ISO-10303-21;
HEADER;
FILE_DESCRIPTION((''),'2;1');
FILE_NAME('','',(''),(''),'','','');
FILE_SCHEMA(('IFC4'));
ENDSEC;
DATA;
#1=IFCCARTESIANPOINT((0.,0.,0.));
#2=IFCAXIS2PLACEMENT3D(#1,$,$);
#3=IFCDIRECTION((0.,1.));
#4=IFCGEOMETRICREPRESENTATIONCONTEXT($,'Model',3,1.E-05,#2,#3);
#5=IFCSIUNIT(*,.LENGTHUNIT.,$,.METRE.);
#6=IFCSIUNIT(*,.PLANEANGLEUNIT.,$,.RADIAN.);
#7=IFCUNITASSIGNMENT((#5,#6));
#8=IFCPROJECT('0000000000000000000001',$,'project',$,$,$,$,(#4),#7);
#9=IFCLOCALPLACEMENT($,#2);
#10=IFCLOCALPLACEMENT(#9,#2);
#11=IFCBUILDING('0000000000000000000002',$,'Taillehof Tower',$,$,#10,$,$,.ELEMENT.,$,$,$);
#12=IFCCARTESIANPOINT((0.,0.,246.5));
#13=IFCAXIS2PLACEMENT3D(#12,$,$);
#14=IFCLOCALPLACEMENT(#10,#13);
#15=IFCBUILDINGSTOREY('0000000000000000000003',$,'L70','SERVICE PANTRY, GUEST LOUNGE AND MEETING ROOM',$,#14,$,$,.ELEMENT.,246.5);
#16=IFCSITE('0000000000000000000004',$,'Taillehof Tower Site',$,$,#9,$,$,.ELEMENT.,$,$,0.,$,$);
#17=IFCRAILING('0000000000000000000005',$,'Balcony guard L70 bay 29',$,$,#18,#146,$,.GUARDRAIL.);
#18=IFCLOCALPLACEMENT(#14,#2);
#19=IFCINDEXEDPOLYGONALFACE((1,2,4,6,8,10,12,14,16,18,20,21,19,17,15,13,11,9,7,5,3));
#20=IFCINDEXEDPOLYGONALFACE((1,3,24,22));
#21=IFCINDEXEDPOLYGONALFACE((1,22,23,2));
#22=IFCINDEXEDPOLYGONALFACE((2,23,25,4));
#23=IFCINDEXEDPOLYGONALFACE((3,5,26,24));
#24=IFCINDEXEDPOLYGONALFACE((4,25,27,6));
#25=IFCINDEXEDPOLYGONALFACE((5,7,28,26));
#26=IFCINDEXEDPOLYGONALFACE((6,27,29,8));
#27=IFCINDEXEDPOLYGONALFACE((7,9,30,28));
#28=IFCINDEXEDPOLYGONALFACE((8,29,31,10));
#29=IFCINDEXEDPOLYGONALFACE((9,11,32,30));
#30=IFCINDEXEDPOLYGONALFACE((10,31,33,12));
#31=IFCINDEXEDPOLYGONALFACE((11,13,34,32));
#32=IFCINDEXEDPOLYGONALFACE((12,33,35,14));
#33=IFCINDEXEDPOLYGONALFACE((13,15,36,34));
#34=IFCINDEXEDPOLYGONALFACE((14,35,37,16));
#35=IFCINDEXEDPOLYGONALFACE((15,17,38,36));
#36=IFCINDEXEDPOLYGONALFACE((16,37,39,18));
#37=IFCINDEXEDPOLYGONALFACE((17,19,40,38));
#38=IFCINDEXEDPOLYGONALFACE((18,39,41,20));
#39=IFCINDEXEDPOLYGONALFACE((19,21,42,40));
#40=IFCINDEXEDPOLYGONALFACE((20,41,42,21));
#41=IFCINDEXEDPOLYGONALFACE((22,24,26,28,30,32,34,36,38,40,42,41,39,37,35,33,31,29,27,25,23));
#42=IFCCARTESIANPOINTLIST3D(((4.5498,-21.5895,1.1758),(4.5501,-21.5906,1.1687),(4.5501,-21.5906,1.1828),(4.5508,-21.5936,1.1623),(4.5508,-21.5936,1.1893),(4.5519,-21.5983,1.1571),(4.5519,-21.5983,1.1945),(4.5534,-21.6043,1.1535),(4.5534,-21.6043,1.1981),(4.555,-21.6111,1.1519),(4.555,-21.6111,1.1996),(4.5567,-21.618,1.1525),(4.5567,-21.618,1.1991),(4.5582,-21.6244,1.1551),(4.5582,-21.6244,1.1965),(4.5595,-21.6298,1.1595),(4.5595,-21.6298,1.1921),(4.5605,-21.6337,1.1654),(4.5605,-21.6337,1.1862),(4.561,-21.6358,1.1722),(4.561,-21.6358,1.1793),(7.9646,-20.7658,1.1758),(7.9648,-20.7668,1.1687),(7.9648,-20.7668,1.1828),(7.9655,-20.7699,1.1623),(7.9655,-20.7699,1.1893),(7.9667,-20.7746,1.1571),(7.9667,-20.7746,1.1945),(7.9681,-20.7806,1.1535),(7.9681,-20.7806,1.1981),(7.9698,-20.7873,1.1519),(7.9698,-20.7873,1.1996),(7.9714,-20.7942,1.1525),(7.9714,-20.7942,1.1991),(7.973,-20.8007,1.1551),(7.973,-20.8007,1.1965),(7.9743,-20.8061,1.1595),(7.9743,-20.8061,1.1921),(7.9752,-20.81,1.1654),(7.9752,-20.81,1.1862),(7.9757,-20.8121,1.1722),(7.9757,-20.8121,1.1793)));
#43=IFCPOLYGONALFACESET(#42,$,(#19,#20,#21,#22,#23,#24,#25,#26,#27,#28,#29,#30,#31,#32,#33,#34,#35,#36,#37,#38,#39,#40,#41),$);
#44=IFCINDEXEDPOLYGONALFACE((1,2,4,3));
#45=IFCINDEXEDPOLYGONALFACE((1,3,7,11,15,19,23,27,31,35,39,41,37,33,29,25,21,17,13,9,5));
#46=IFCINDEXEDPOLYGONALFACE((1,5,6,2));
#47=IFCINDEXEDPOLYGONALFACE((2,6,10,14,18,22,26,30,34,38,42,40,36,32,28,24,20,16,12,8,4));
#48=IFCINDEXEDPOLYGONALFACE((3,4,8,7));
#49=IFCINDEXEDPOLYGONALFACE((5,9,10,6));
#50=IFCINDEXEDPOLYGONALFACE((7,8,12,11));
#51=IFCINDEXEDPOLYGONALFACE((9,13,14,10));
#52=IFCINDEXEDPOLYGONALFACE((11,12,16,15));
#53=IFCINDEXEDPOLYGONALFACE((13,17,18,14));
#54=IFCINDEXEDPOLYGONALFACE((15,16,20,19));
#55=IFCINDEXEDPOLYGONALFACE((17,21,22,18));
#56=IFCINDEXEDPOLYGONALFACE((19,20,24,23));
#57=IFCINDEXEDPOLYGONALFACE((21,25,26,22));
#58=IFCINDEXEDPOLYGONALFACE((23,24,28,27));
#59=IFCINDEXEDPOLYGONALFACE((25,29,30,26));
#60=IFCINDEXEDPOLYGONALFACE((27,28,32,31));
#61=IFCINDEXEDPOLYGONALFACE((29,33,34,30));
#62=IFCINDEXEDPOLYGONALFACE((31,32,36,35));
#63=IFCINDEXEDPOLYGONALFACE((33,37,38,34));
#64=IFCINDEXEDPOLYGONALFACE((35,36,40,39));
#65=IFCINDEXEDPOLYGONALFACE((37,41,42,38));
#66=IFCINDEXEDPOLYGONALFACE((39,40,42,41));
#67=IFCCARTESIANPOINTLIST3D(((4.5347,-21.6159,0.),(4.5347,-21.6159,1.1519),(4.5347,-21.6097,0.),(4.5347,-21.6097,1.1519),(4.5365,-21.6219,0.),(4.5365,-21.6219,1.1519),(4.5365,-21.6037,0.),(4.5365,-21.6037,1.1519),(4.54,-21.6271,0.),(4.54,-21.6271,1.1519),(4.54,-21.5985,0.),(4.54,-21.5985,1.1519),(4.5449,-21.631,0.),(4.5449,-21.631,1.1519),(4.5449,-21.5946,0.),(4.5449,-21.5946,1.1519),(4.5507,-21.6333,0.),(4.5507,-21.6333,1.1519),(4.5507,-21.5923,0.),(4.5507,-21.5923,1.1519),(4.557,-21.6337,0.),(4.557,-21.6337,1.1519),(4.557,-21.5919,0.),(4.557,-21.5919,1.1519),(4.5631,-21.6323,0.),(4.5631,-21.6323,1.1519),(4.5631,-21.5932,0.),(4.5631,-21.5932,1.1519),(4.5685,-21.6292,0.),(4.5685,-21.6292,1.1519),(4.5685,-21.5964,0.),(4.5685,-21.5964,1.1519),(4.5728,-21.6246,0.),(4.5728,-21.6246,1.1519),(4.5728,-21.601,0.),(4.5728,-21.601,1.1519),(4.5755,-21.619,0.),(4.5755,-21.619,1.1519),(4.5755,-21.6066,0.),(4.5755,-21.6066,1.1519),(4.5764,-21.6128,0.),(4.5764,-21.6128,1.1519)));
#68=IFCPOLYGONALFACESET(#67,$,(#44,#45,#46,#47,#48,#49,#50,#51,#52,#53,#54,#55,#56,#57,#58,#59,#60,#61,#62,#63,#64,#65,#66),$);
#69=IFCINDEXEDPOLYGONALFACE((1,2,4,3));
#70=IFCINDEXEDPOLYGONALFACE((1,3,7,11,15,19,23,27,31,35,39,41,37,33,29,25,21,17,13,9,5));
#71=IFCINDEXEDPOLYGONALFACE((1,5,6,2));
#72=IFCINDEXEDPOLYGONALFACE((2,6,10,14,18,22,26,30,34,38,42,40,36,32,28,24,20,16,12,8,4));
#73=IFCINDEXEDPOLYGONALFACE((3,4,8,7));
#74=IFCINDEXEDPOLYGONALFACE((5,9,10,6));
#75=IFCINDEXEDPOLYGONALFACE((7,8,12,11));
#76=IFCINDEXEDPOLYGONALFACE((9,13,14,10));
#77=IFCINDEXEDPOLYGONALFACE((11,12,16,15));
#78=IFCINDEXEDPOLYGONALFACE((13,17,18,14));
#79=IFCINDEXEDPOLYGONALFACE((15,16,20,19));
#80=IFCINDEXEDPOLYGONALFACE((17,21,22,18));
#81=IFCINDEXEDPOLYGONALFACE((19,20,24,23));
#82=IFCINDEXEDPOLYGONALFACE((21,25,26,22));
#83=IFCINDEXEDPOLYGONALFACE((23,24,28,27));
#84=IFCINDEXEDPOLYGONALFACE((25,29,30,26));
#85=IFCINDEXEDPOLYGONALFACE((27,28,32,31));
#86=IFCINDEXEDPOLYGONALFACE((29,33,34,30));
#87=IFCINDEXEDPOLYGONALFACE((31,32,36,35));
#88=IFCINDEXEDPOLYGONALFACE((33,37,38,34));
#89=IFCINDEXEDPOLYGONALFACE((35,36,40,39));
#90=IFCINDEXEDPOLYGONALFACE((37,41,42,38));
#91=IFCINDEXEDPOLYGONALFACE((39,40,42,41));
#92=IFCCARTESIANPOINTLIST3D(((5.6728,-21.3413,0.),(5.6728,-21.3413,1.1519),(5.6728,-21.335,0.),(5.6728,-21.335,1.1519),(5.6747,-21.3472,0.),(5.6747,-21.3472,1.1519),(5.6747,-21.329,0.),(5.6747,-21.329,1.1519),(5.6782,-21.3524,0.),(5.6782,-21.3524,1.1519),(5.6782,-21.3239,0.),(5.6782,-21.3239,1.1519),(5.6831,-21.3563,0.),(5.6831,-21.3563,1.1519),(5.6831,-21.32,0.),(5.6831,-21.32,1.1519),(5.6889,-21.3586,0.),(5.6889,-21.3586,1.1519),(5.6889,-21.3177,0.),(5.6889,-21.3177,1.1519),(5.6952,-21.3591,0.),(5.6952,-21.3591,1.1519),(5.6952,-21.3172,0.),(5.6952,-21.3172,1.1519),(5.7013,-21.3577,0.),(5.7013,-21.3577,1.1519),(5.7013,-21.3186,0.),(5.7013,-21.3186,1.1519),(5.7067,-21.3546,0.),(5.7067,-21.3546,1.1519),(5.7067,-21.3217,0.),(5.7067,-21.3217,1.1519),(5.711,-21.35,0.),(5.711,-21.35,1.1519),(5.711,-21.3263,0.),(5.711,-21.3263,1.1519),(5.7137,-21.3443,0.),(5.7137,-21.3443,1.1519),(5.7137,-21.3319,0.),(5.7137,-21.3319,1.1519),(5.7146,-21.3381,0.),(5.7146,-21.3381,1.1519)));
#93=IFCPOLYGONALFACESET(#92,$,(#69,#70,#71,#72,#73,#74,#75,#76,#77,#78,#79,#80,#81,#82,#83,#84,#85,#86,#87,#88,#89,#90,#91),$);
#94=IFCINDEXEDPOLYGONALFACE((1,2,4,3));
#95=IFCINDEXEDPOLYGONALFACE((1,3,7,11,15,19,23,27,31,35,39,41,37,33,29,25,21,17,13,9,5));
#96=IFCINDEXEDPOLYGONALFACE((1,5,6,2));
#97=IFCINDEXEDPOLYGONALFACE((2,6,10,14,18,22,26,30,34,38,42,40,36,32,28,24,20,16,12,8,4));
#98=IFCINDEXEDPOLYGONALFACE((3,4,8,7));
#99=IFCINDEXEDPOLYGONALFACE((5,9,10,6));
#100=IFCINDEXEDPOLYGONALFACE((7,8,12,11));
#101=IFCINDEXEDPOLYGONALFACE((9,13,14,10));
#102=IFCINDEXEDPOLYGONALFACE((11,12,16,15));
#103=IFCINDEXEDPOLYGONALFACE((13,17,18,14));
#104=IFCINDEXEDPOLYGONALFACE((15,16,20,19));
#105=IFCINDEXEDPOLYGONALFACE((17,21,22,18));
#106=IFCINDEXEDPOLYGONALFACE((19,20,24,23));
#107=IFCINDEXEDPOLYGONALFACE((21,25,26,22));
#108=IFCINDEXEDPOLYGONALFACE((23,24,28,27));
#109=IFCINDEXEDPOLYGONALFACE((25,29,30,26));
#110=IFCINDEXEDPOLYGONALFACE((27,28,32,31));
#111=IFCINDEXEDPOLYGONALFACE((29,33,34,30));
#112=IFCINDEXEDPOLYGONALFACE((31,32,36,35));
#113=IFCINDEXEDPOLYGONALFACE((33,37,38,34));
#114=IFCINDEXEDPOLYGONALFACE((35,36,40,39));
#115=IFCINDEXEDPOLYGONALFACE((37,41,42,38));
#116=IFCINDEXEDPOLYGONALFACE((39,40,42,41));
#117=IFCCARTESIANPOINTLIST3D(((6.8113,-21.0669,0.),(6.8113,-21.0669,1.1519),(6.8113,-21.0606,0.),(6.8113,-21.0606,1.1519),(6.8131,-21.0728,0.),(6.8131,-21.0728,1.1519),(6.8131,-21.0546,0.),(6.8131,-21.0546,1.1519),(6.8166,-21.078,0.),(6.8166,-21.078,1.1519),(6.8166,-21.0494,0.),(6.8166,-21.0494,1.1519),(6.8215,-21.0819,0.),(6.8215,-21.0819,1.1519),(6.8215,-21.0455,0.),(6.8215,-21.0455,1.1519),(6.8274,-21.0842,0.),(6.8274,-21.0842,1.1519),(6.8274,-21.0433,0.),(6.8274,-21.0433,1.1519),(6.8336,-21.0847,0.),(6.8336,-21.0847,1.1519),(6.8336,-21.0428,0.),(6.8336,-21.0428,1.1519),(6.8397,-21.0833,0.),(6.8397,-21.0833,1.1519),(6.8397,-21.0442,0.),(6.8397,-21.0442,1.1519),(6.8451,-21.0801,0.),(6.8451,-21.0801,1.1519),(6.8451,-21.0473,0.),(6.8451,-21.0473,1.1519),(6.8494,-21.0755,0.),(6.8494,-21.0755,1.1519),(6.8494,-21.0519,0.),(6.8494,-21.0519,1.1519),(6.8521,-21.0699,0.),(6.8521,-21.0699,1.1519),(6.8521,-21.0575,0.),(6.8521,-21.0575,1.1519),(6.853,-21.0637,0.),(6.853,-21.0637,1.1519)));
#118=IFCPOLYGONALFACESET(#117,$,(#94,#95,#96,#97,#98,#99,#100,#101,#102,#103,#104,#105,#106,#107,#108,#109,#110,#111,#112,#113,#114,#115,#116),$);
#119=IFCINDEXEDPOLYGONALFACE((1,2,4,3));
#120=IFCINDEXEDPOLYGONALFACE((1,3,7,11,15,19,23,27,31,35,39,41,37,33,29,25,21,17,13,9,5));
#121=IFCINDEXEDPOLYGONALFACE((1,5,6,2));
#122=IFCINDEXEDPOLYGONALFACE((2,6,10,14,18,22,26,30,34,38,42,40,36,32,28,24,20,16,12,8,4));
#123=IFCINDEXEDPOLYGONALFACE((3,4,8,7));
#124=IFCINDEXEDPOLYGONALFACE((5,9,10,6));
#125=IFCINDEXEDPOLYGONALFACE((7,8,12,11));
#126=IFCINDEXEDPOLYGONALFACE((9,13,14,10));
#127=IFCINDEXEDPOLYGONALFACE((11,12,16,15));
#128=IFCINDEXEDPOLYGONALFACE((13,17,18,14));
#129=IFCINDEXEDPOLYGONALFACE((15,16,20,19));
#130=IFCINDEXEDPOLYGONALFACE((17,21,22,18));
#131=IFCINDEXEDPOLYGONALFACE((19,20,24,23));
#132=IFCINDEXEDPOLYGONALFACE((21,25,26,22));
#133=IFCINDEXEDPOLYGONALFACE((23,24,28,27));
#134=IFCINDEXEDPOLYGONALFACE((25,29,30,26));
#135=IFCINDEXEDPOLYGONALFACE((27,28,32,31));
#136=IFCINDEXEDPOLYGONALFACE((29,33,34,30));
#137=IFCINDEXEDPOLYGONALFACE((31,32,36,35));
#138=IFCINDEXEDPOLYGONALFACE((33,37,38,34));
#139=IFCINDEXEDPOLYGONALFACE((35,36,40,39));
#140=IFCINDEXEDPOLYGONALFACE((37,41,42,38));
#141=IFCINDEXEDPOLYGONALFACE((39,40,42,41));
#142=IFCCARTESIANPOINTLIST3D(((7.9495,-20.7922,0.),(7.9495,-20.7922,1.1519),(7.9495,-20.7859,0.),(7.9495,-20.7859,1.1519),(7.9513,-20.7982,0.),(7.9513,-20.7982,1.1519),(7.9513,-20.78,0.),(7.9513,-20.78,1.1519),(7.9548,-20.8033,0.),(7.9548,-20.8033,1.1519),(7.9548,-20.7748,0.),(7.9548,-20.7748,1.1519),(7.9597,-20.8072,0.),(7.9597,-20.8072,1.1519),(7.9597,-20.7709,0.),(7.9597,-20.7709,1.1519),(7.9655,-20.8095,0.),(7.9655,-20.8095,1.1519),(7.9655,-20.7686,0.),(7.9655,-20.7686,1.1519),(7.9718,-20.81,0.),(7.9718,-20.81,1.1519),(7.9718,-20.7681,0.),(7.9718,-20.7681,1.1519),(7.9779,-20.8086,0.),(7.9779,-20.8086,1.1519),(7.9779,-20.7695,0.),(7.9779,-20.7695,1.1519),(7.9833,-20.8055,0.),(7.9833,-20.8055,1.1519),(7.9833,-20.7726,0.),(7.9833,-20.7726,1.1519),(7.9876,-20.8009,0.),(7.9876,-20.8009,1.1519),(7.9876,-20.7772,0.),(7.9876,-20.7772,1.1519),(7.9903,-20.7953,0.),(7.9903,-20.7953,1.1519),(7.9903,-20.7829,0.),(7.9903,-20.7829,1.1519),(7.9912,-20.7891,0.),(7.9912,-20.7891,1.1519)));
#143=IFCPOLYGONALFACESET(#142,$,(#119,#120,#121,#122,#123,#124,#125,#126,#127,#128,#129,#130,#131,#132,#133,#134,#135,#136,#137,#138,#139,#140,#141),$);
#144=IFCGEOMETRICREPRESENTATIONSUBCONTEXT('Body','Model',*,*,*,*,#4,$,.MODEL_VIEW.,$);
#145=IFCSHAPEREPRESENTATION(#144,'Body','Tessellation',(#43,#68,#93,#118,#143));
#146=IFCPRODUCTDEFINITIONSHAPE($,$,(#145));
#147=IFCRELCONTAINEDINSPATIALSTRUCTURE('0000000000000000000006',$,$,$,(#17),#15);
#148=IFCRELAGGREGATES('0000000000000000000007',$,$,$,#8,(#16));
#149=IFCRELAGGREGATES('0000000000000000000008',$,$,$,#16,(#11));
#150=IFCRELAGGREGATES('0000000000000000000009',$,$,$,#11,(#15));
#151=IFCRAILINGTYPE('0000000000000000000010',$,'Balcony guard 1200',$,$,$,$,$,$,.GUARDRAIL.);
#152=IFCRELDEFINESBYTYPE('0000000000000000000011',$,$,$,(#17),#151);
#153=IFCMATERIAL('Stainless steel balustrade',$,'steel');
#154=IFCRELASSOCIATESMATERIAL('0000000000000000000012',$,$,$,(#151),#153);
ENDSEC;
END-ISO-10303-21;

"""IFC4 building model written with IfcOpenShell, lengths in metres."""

from ifc_helpers import new_model, si_unit, direction, frame, origin, origin_2d, place, context, subcontext, project, spatial, circle, extrude, material, type_object, element, save


model = new_model("IFC4")

# Units and contexts
model_context = context("Model", 3, precision=1e-05, world=origin(), true_north=direction((0.0, 1.0)))
body_context = subcontext(model_context, "Body", "Model", "MODEL_VIEW")
ifc_project = project(units=[si_unit("LENGTHUNIT", "METRE"), si_unit("PLANEANGLEUNIT", "RADIAN")], contexts=[model_context])

# Site, building, storey
site_placement = place(None, origin())
site = spatial("IfcSite", under=ifc_project, at=site_placement, Name="Taillehof Tower Site", CompositionType="ELEMENT", RefElevation=0.0)
building_placement = place(site_placement, origin())
building = spatial("IfcBuilding", under=site, at=building_placement, Name="Taillehof Tower", CompositionType="ELEMENT")
storey_placement = place(building_placement, frame((0.0, 0.0, 246.5)))
storey = spatial("IfcBuildingStorey", under=building, at=storey_placement, Name="L70", Description="SERVICE PANTRY, GUEST LOUNGE AND MEETING ROOM", CompositionType="ELEMENT", Elevation=246.5)

# Railing
ifc_material_1 = material(Name="Stainless steel balustrade", Category="steel")
railing_type = type_object("IfcRailingType", Name="Balcony guard 1200", PredefinedType="GUARDRAIL", material=ifc_material_1)
railing_1_placement = place(storey_placement, frame((4.5554, -21.6128, 0.0)))
element("IfcRailing", 1, at=railing_1_placement, inside=storey, type_object=railing_type, Name="Balcony guard L70 bay 29", PredefinedType="GUARDRAIL", context=body_context, shape_type="SweptSolid", body=[
    extrude(circle(Radius=0.0239, at=origin_2d()), frame((0.0, 0.0, 1.1758), z_axis=(0.972117, 0.234498, 0.0), x_axis=(-0.234498, 0.972117, 0.0)), (0.0, 0.0, 1.0), 3.5127),
    extrude(circle(Radius=0.021, at=origin_2d()), origin(), (0.0, 0.0, 1.0), 1.1519),
    extrude(circle(Radius=0.021, at=origin_2d()), frame((1.1382, 0.2747, 0.0)), (0.0, 0.0, 1.0), 1.1519),
    extrude(circle(Radius=0.021, at=origin_2d()), frame((2.2766, 0.5491, 0.0)), (0.0, 0.0, 1.0), 1.1519),
    extrude(circle(Radius=0.021, at=origin_2d()), frame((3.4148, 0.8237, 0.0)), (0.0, 0.0, 1.0), 1.1519),
])

save(model, "model.ifc")
